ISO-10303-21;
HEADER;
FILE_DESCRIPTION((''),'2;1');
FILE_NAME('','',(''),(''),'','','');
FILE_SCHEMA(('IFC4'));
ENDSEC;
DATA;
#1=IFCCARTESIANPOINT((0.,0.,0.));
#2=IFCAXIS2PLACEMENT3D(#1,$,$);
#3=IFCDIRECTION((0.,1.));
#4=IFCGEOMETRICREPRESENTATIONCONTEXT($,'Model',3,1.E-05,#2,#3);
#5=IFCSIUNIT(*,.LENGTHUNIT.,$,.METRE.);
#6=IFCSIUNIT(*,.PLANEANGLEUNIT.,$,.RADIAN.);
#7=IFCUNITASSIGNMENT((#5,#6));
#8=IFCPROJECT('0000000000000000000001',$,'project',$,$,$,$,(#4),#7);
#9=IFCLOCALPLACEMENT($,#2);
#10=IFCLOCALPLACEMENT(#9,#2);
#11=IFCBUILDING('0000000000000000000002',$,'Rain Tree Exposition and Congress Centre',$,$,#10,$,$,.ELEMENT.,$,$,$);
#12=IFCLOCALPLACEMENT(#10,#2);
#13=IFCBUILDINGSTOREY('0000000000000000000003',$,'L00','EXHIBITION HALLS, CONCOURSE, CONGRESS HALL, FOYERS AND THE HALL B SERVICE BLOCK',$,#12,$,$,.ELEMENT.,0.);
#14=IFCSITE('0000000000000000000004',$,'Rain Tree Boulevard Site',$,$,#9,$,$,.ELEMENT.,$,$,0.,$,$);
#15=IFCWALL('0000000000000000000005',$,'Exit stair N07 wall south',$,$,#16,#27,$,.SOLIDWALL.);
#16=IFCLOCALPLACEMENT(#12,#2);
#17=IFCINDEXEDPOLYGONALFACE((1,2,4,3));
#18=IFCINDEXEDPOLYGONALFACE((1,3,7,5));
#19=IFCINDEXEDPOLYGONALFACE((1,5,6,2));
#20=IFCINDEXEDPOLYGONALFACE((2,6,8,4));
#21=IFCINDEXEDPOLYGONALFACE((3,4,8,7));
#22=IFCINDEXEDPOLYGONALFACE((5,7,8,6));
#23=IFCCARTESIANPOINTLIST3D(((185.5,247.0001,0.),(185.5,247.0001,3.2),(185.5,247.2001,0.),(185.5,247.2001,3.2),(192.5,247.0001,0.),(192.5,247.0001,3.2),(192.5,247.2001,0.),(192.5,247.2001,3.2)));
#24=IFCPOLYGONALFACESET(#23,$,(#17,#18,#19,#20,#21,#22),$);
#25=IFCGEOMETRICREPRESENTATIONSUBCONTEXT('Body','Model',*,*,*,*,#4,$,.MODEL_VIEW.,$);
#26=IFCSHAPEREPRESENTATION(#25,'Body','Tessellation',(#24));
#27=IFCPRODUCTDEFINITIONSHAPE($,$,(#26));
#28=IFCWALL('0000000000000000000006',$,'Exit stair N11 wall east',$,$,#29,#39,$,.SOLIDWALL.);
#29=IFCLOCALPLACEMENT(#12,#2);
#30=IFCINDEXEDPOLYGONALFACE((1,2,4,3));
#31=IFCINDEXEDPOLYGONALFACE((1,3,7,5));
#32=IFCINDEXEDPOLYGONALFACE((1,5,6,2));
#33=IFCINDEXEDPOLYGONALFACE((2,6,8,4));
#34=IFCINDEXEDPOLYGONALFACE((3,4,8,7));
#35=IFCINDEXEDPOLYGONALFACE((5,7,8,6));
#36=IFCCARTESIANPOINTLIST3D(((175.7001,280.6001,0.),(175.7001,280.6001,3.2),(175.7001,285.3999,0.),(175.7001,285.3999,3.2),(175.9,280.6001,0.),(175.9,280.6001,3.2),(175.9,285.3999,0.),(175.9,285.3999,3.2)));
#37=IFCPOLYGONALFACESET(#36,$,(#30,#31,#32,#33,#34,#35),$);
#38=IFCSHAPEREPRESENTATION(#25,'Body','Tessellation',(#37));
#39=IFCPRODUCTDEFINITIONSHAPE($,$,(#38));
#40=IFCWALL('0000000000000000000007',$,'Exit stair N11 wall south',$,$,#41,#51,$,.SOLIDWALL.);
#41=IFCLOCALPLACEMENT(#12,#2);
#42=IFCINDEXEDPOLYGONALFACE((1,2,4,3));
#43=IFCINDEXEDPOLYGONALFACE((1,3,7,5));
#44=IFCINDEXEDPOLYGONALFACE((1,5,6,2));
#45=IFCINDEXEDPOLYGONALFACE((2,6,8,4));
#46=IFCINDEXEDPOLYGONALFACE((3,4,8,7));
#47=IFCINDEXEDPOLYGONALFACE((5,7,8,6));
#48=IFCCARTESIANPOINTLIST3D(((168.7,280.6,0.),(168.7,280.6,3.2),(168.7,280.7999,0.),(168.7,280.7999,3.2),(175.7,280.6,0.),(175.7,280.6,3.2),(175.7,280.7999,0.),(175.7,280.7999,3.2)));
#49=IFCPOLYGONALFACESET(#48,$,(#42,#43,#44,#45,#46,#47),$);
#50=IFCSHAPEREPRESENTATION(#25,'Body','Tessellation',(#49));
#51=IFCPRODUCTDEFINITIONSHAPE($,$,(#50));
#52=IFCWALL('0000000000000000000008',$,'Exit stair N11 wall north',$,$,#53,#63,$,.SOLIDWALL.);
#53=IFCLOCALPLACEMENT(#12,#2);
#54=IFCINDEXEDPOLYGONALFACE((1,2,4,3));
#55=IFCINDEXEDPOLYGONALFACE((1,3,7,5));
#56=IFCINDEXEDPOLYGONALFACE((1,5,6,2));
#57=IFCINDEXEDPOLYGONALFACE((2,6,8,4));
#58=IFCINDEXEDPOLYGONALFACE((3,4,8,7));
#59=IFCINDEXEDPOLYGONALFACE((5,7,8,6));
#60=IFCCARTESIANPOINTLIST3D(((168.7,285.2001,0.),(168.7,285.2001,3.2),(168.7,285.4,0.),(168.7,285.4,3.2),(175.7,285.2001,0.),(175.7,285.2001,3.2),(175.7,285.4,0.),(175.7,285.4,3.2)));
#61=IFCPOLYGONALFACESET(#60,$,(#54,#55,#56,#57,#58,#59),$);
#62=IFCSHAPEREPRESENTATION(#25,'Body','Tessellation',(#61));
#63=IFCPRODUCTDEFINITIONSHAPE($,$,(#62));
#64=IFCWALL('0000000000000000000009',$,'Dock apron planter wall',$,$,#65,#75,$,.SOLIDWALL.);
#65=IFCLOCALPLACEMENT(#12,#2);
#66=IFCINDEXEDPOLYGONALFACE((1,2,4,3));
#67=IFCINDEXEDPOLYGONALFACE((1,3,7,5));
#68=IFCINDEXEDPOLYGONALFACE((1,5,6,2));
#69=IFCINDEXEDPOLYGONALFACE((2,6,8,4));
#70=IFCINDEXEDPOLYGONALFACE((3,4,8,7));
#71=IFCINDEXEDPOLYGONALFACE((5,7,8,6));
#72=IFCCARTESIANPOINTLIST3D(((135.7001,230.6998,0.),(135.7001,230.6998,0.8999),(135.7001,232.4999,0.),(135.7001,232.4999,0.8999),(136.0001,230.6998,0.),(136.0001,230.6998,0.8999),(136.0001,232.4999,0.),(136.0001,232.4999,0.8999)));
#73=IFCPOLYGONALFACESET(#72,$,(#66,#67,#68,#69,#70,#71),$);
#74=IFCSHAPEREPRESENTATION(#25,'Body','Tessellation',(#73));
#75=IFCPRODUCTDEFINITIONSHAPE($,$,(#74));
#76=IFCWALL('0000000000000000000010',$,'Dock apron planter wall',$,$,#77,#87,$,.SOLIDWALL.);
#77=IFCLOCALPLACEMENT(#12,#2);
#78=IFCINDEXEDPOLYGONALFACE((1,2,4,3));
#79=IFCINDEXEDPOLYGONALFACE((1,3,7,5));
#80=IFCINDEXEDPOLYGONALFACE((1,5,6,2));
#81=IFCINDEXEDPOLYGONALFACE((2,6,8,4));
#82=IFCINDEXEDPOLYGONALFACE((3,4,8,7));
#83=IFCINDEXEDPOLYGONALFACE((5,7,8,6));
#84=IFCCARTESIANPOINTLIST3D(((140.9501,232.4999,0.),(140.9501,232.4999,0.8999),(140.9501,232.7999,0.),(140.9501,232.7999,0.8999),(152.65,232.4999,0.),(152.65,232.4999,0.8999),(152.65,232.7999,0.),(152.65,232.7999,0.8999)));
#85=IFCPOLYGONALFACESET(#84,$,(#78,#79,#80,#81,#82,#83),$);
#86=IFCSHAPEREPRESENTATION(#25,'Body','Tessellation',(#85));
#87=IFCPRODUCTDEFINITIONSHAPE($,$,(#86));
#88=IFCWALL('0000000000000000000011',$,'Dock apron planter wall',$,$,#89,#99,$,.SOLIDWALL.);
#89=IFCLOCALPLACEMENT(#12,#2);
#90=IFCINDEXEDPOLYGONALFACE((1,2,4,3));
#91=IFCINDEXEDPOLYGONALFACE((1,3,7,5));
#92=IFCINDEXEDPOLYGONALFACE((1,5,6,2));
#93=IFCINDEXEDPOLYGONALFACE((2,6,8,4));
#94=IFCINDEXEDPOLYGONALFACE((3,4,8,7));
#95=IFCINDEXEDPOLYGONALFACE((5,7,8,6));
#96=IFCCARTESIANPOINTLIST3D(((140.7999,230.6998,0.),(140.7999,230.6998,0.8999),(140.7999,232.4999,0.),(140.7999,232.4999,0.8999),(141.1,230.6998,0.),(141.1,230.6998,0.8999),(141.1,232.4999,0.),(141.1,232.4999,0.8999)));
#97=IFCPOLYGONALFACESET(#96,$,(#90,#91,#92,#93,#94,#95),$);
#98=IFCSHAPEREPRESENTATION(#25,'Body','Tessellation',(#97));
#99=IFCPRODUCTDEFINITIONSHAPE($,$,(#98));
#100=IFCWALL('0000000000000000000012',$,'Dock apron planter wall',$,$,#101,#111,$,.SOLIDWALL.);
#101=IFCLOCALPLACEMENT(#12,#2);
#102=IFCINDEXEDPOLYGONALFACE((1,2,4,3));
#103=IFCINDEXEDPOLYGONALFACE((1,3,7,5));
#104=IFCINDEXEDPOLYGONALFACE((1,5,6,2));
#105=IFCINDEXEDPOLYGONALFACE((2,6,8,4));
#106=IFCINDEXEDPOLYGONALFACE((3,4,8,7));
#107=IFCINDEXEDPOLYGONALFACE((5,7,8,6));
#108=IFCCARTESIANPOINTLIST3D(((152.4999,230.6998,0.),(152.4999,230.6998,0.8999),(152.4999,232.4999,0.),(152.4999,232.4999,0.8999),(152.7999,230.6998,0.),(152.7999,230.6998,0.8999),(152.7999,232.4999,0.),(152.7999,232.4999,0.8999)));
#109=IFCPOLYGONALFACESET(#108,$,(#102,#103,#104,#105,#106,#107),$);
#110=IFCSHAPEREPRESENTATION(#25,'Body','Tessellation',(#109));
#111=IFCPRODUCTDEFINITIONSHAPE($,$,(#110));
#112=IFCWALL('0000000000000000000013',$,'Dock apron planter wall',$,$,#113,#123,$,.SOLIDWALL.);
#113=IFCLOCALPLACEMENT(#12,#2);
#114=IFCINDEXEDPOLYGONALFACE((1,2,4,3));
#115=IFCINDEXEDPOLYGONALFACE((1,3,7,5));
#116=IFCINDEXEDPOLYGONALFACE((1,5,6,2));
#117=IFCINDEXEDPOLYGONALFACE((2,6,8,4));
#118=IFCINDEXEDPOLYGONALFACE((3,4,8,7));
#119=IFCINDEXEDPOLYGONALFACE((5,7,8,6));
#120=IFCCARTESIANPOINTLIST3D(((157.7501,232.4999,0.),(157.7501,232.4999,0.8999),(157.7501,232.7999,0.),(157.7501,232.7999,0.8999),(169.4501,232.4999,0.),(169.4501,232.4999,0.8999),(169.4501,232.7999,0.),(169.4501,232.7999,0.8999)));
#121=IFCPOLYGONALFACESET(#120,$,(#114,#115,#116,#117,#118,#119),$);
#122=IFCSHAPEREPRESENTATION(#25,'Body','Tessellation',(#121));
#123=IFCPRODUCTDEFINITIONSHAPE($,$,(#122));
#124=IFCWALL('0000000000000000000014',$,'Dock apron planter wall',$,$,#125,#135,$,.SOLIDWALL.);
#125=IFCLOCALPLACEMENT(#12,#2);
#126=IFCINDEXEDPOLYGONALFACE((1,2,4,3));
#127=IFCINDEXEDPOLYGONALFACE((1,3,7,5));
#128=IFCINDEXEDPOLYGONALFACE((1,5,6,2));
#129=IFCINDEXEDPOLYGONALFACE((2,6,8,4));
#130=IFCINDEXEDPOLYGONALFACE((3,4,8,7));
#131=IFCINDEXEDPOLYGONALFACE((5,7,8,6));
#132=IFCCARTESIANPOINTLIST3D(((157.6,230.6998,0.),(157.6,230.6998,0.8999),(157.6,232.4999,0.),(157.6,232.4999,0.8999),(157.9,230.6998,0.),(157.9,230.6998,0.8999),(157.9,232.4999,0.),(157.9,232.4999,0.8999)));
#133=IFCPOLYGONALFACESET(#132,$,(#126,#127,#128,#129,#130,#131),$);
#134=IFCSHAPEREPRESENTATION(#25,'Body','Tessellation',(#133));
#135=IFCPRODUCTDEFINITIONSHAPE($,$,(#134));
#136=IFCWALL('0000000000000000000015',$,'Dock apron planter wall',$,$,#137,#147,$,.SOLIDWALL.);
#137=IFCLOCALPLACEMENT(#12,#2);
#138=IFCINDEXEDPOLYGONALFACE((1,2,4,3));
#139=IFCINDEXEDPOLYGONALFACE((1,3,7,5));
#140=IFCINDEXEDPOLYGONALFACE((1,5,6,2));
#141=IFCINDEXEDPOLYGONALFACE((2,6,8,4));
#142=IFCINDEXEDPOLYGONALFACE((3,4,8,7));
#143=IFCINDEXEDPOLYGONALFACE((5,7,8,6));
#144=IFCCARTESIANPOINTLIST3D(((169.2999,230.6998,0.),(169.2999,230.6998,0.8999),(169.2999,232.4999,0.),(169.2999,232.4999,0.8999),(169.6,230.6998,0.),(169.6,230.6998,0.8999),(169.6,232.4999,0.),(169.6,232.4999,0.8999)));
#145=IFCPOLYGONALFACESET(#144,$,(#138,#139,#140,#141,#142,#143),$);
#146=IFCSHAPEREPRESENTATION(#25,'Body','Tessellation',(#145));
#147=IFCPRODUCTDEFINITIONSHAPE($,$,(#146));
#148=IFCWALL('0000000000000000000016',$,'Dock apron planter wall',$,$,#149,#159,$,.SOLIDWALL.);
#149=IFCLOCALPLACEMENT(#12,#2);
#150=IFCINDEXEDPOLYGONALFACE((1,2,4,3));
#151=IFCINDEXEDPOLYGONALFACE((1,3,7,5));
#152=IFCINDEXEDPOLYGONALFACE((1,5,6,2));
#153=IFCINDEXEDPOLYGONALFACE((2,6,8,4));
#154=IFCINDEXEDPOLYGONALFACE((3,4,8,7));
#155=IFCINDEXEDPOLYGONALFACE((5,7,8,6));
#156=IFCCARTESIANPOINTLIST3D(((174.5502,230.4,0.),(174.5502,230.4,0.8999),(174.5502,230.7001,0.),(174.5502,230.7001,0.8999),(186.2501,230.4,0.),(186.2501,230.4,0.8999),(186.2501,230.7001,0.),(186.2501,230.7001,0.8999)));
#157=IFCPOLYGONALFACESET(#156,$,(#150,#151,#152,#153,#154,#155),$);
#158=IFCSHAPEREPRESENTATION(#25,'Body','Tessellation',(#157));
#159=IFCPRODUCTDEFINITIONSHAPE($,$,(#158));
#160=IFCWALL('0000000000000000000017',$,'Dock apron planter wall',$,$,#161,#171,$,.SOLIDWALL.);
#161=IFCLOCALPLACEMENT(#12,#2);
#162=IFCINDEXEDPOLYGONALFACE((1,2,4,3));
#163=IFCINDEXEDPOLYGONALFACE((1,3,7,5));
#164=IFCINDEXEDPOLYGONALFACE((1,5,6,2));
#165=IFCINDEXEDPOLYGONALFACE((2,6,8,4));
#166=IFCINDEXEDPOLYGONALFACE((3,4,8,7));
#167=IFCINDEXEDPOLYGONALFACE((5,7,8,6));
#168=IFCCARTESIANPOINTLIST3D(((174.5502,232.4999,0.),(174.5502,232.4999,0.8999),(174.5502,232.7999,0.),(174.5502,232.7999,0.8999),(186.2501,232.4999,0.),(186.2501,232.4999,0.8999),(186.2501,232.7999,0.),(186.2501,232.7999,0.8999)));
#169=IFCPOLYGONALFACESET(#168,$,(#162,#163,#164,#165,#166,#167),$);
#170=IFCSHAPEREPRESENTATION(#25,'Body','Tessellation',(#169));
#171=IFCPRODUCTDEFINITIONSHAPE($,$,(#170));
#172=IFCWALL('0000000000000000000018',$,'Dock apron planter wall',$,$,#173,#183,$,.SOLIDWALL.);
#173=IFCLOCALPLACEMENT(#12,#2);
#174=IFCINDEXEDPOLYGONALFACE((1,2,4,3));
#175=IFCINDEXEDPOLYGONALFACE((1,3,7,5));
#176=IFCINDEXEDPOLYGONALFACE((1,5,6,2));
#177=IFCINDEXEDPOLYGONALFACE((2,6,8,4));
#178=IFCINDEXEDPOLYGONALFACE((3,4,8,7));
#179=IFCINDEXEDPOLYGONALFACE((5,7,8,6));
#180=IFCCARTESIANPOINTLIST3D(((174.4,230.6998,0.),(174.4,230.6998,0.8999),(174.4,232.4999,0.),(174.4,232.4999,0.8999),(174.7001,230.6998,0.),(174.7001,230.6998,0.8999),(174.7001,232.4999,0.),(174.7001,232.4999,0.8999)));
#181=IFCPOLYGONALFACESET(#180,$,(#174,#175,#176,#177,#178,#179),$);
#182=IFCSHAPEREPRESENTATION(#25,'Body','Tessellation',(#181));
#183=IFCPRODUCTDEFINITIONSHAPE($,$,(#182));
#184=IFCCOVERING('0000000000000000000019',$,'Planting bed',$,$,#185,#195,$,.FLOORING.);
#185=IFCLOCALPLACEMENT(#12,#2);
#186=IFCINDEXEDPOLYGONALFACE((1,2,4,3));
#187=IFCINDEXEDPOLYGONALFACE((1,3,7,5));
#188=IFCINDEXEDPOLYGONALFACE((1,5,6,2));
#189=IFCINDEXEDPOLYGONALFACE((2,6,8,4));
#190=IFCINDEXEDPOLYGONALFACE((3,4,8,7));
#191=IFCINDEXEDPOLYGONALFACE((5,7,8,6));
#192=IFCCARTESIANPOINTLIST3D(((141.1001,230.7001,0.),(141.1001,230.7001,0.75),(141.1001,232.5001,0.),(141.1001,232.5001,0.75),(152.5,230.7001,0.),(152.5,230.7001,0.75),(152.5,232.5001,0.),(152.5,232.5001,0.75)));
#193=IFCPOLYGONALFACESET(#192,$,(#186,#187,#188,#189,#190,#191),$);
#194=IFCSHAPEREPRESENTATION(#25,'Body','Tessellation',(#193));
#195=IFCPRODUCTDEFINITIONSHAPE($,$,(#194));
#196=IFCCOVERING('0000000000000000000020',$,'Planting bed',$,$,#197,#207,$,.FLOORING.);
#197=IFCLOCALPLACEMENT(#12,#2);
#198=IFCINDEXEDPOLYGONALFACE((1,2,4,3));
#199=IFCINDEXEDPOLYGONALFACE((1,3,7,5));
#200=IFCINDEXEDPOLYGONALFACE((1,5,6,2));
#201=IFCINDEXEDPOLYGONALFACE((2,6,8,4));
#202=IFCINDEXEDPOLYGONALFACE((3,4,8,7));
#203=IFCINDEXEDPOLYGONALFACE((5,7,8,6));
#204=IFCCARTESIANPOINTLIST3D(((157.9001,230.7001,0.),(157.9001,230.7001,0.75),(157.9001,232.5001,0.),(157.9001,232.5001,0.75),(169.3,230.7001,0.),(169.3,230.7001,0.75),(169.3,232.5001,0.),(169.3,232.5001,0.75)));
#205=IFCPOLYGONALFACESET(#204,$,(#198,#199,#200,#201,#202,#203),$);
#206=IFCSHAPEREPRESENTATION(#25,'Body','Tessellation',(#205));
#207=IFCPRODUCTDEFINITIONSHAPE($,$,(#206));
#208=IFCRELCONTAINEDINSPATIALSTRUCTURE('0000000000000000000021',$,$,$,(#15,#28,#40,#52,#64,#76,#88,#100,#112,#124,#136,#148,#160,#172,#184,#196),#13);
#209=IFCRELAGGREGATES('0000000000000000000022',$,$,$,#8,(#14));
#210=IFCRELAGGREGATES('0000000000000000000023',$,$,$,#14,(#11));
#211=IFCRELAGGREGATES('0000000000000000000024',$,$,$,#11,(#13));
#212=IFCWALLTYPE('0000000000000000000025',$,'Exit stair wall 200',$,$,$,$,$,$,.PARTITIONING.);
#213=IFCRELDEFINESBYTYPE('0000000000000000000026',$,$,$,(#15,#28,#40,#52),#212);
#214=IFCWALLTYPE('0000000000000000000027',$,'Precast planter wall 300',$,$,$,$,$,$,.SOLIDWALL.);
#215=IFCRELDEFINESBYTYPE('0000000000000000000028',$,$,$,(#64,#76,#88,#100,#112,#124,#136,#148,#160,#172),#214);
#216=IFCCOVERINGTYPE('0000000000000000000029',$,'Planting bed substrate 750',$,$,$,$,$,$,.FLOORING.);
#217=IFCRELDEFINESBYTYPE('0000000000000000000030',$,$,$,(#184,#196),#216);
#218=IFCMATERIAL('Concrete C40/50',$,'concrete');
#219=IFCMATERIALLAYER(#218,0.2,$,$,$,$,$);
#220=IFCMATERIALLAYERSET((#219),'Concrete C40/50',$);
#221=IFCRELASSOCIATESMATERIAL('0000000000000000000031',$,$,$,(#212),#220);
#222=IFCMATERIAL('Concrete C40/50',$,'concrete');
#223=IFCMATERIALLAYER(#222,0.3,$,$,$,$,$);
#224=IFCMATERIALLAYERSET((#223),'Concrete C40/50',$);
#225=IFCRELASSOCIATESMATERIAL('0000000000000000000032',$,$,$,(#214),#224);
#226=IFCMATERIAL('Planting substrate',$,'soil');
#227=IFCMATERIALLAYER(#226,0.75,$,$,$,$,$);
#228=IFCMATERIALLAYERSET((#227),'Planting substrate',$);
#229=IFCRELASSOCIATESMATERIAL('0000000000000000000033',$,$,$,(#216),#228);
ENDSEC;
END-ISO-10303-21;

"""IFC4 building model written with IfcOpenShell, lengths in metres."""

from ifc_helpers import new_model, si_unit, direction, frame, frame_2d, origin, origin_2d, place, context, subcontext, project, spatial, rectangle, extrude, material, layer, layer_set, type_object, element, save


model = new_model("IFC4")

# Units and contexts
model_context = context("Model", 3, precision=1e-05, world=origin(), true_north=direction((0.0, 1.0)))
body_context = subcontext(model_context, "Body", "Model", "MODEL_VIEW")
ifc_project = project(units=[si_unit("LENGTHUNIT", "METRE"), si_unit("PLANEANGLEUNIT", "RADIAN")], contexts=[model_context])

# Site, building, storey
site_placement = place(None, origin())
site = spatial("IfcSite", under=ifc_project, at=site_placement, Name="Rain Tree Boulevard Site", CompositionType="ELEMENT", RefElevation=0.0)
building_placement = place(site_placement, origin())
building = spatial("IfcBuilding", under=site, at=building_placement, Name="Rain Tree Exposition and Congress Centre", CompositionType="ELEMENT")
storey_placement = place(building_placement, origin())
storey = spatial("IfcBuildingStorey", under=building, at=storey_placement, Name="L00", Description="EXHIBITION HALLS, CONCOURSE, CONGRESS HALL, FOYERS AND THE HALL B SERVICE BLOCK", CompositionType="ELEMENT", Elevation=0.0)

# Shared definitions
ifc_material_1 = material(Name="Concrete C40/50", Category="concrete")
ifc_layer_1 = layer(ifc_material_1, 0.2)
ifc_layer_set_1 = layer_set([ifc_layer_1], Name="Concrete C40/50")
wall_type_1 = type_object("IfcWallType", Name="Exit stair wall 200", PredefinedType="PARTITIONING", material=ifc_layer_set_1)

# Wall
wall_1_placement = place(storey_placement, frame((185.5, 247.1001, 0.0), z_axis=(0.0, 0.0, 1.0), x_axis=(1.0, 0.0, 0.0)))
element("IfcWall", 1, at=wall_1_placement, inside=storey, type_object=wall_type_1, Name="Exit stair N07 wall south", PredefinedType="SOLIDWALL", context=body_context, shape_type="SweptSolid", body=[
    extrude(rectangle(XDim=7.0, YDim=0.2, at=frame_2d((3.5, 0.0))), origin(), (0.0, 0.0, 1.0), 3.2),
])

# Walls
wall_2_placement = place(storey_placement, frame((175.8, 280.6001, 0.0), z_axis=(0.0, 0.0, 1.0), x_axis=(0.0, 1.0, 0.0)))
element("IfcWall", 2, at=wall_2_placement, inside=storey, type_object=wall_type_1, Name="Exit stair N11 wall east", PredefinedType="SOLIDWALL", context=body_context, shape_type="SweptSolid", body=[
    extrude(rectangle(XDim=4.7998, YDim=0.2, at=frame_2d((2.3999, 0.0))), origin(), (0.0, 0.0, 1.0), 3.2),
])
for number, where, z_axis, x_axis, name in (
    (3, (168.7, 280.7, 0.0), (0.0, 0.0, 1.0), (1.0, 0.0, 0.0), "Exit stair N11 wall south"),
    (4, (168.7, 285.3, 0.0), (0.0, 0.0, 1.0), (1.0, 0.0, 0.0), "Exit stair N11 wall north"),
):
    element("IfcWall", number, at=place(storey_placement, frame(where, z_axis=z_axis, x_axis=x_axis)), inside=storey, type_object=wall_type_1, Name=name, PredefinedType="SOLIDWALL", context=body_context, shape_type="SweptSolid", body=[
        extrude(rectangle(XDim=7.0, YDim=0.2, at=frame_2d((3.5, 0.0))), origin(), (0.0, 0.0, 1.0), 3.2),
    ])
ifc_material_2 = material(Name="Concrete C40/50", Category="concrete")
ifc_layer_2 = layer(ifc_material_2, 0.3)
ifc_layer_set_2 = layer_set([ifc_layer_2], Name="Concrete C40/50")
wall_type_2 = type_object("IfcWallType", Name="Precast planter wall 300", PredefinedType="SOLIDWALL", material=ifc_layer_set_2)
wall_3_placement = place(storey_placement, frame((135.8501, 230.7, 0.0), z_axis=(0.0, 0.0, 1.0), x_axis=(0.0, 1.0, 0.0)))
element("IfcWall", 5, at=wall_3_placement, inside=storey, type_object=wall_type_2, Name="Dock apron planter wall", PredefinedType="SOLIDWALL", context=body_context, shape_type="SweptSolid", body=[
    extrude(rectangle(XDim=1.8, YDim=0.3, at=frame_2d((0.8999, 0.0))), origin(), (0.0, 0.0, 1.0), 0.8999),
])
wall_4_placement = place(storey_placement, frame((140.95, 232.6499, 0.0), z_axis=(0.0, 0.0, 1.0), x_axis=(1.0, 0.0, 0.0)))
element("IfcWall", 6, at=wall_4_placement, inside=storey, type_object=wall_type_2, Name="Dock apron planter wall", PredefinedType="SOLIDWALL", context=body_context, shape_type="SweptSolid", body=[
    extrude(rectangle(XDim=11.7, YDim=0.3, at=frame_2d((5.8501, 0.0))), origin(), (0.0, 0.0, 1.0), 0.8999),
])
for number, where, z_axis, x_axis, name in (
    (7, (140.95, 230.7, 0.0), (0.0, 0.0, 1.0), (0.0, 1.0, 0.0), "Dock apron planter wall"),
    (8, (152.6499, 230.7, 0.0), (0.0, 0.0, 1.0), (0.0, 1.0, 0.0), "Dock apron planter wall"),
):
    element("IfcWall", number, at=place(storey_placement, frame(where, z_axis=z_axis, x_axis=x_axis)), inside=storey, type_object=wall_type_2, Name=name, PredefinedType="SOLIDWALL", context=body_context, shape_type="SweptSolid", body=[
        extrude(rectangle(XDim=1.8, YDim=0.3, at=frame_2d((0.8999, 0.0))), origin(), (0.0, 0.0, 1.0), 0.8999),
    ])
wall_5_placement = place(storey_placement, frame((157.75, 232.6499, 0.0), z_axis=(0.0, 0.0, 1.0), x_axis=(1.0, 0.0, 0.0)))
element("IfcWall", 9, at=wall_5_placement, inside=storey, type_object=wall_type_2, Name="Dock apron planter wall", PredefinedType="SOLIDWALL", context=body_context, shape_type="SweptSolid", body=[
    extrude(rectangle(XDim=11.7, YDim=0.3, at=frame_2d((5.8501, 0.0))), origin(), (0.0, 0.0, 1.0), 0.8999),
])
for number, where, z_axis, x_axis, name in (
    (10, (157.75, 230.7, 0.0), (0.0, 0.0, 1.0), (0.0, 1.0, 0.0), "Dock apron planter wall"),
    (11, (169.45, 230.7, 0.0), (0.0, 0.0, 1.0), (0.0, 1.0, 0.0), "Dock apron planter wall"),
):
    element("IfcWall", number, at=place(storey_placement, frame(where, z_axis=z_axis, x_axis=x_axis)), inside=storey, type_object=wall_type_2, Name=name, PredefinedType="SOLIDWALL", context=body_context, shape_type="SweptSolid", body=[
        extrude(rectangle(XDim=1.8, YDim=0.3, at=frame_2d((0.8999, 0.0))), origin(), (0.0, 0.0, 1.0), 0.8999),
    ])
for number, where, z_axis, x_axis, name in (
    (12, (174.55, 230.55, 0.0), (0.0, 0.0, 1.0), (1.0, 0.0, 0.0), "Dock apron planter wall"),
    (13, (174.55, 232.6499, 0.0), (0.0, 0.0, 1.0), (1.0, 0.0, 0.0), "Dock apron planter wall"),
):
    element("IfcWall", number, at=place(storey_placement, frame(where, z_axis=z_axis, x_axis=x_axis)), inside=storey, type_object=wall_type_2, Name=name, PredefinedType="SOLIDWALL", context=body_context, shape_type="SweptSolid", body=[
        extrude(rectangle(XDim=11.7, YDim=0.3, at=frame_2d((5.8501, 0.0))), origin(), (0.0, 0.0, 1.0), 0.8999),
    ])
wall_6_placement = place(storey_placement, frame((174.55, 230.7, 0.0), z_axis=(0.0, 0.0, 1.0), x_axis=(0.0, 1.0, 0.0)))
element("IfcWall", 14, at=wall_6_placement, inside=storey, type_object=wall_type_2, Name="Dock apron planter wall", PredefinedType="SOLIDWALL", context=body_context, shape_type="SweptSolid", body=[
    extrude(rectangle(XDim=1.8, YDim=0.3, at=frame_2d((0.8999, 0.0))), origin(), (0.0, 0.0, 1.0), 0.8999),
])

# Coverings
ifc_material_3 = material(Name="Planting substrate", Category="soil")
ifc_layer_3 = layer(ifc_material_3, 0.75)
ifc_layer_set_3 = layer_set([ifc_layer_3], Name="Planting substrate")
covering_type = type_object("IfcCoveringType", Name="Planting bed substrate 750", PredefinedType="FLOORING", material=ifc_layer_set_3)
for number, where, z_axis, x_axis, name in (
    (15, (146.8, 231.6001, 0.0), (0.0, 0.0, 1.0), (1.0, 0.0, 0.0), "Planting bed"),
    (16, (163.6001, 231.6001, 0.0), (0.0, 0.0, 1.0), (1.0, 0.0, 0.0), "Planting bed"),
):
    element("IfcCovering", number, at=place(storey_placement, frame(where, z_axis=z_axis, x_axis=x_axis)), inside=storey, type_object=covering_type, Name=name, PredefinedType="FLOORING", context=body_context, shape_type="SweptSolid", body=[
        extrude(rectangle(XDim=11.3999, YDim=1.8, at=origin_2d()), origin(), (0.0, 0.0, 1.0), 0.75),
    ])

save(model, "model.ifc")
